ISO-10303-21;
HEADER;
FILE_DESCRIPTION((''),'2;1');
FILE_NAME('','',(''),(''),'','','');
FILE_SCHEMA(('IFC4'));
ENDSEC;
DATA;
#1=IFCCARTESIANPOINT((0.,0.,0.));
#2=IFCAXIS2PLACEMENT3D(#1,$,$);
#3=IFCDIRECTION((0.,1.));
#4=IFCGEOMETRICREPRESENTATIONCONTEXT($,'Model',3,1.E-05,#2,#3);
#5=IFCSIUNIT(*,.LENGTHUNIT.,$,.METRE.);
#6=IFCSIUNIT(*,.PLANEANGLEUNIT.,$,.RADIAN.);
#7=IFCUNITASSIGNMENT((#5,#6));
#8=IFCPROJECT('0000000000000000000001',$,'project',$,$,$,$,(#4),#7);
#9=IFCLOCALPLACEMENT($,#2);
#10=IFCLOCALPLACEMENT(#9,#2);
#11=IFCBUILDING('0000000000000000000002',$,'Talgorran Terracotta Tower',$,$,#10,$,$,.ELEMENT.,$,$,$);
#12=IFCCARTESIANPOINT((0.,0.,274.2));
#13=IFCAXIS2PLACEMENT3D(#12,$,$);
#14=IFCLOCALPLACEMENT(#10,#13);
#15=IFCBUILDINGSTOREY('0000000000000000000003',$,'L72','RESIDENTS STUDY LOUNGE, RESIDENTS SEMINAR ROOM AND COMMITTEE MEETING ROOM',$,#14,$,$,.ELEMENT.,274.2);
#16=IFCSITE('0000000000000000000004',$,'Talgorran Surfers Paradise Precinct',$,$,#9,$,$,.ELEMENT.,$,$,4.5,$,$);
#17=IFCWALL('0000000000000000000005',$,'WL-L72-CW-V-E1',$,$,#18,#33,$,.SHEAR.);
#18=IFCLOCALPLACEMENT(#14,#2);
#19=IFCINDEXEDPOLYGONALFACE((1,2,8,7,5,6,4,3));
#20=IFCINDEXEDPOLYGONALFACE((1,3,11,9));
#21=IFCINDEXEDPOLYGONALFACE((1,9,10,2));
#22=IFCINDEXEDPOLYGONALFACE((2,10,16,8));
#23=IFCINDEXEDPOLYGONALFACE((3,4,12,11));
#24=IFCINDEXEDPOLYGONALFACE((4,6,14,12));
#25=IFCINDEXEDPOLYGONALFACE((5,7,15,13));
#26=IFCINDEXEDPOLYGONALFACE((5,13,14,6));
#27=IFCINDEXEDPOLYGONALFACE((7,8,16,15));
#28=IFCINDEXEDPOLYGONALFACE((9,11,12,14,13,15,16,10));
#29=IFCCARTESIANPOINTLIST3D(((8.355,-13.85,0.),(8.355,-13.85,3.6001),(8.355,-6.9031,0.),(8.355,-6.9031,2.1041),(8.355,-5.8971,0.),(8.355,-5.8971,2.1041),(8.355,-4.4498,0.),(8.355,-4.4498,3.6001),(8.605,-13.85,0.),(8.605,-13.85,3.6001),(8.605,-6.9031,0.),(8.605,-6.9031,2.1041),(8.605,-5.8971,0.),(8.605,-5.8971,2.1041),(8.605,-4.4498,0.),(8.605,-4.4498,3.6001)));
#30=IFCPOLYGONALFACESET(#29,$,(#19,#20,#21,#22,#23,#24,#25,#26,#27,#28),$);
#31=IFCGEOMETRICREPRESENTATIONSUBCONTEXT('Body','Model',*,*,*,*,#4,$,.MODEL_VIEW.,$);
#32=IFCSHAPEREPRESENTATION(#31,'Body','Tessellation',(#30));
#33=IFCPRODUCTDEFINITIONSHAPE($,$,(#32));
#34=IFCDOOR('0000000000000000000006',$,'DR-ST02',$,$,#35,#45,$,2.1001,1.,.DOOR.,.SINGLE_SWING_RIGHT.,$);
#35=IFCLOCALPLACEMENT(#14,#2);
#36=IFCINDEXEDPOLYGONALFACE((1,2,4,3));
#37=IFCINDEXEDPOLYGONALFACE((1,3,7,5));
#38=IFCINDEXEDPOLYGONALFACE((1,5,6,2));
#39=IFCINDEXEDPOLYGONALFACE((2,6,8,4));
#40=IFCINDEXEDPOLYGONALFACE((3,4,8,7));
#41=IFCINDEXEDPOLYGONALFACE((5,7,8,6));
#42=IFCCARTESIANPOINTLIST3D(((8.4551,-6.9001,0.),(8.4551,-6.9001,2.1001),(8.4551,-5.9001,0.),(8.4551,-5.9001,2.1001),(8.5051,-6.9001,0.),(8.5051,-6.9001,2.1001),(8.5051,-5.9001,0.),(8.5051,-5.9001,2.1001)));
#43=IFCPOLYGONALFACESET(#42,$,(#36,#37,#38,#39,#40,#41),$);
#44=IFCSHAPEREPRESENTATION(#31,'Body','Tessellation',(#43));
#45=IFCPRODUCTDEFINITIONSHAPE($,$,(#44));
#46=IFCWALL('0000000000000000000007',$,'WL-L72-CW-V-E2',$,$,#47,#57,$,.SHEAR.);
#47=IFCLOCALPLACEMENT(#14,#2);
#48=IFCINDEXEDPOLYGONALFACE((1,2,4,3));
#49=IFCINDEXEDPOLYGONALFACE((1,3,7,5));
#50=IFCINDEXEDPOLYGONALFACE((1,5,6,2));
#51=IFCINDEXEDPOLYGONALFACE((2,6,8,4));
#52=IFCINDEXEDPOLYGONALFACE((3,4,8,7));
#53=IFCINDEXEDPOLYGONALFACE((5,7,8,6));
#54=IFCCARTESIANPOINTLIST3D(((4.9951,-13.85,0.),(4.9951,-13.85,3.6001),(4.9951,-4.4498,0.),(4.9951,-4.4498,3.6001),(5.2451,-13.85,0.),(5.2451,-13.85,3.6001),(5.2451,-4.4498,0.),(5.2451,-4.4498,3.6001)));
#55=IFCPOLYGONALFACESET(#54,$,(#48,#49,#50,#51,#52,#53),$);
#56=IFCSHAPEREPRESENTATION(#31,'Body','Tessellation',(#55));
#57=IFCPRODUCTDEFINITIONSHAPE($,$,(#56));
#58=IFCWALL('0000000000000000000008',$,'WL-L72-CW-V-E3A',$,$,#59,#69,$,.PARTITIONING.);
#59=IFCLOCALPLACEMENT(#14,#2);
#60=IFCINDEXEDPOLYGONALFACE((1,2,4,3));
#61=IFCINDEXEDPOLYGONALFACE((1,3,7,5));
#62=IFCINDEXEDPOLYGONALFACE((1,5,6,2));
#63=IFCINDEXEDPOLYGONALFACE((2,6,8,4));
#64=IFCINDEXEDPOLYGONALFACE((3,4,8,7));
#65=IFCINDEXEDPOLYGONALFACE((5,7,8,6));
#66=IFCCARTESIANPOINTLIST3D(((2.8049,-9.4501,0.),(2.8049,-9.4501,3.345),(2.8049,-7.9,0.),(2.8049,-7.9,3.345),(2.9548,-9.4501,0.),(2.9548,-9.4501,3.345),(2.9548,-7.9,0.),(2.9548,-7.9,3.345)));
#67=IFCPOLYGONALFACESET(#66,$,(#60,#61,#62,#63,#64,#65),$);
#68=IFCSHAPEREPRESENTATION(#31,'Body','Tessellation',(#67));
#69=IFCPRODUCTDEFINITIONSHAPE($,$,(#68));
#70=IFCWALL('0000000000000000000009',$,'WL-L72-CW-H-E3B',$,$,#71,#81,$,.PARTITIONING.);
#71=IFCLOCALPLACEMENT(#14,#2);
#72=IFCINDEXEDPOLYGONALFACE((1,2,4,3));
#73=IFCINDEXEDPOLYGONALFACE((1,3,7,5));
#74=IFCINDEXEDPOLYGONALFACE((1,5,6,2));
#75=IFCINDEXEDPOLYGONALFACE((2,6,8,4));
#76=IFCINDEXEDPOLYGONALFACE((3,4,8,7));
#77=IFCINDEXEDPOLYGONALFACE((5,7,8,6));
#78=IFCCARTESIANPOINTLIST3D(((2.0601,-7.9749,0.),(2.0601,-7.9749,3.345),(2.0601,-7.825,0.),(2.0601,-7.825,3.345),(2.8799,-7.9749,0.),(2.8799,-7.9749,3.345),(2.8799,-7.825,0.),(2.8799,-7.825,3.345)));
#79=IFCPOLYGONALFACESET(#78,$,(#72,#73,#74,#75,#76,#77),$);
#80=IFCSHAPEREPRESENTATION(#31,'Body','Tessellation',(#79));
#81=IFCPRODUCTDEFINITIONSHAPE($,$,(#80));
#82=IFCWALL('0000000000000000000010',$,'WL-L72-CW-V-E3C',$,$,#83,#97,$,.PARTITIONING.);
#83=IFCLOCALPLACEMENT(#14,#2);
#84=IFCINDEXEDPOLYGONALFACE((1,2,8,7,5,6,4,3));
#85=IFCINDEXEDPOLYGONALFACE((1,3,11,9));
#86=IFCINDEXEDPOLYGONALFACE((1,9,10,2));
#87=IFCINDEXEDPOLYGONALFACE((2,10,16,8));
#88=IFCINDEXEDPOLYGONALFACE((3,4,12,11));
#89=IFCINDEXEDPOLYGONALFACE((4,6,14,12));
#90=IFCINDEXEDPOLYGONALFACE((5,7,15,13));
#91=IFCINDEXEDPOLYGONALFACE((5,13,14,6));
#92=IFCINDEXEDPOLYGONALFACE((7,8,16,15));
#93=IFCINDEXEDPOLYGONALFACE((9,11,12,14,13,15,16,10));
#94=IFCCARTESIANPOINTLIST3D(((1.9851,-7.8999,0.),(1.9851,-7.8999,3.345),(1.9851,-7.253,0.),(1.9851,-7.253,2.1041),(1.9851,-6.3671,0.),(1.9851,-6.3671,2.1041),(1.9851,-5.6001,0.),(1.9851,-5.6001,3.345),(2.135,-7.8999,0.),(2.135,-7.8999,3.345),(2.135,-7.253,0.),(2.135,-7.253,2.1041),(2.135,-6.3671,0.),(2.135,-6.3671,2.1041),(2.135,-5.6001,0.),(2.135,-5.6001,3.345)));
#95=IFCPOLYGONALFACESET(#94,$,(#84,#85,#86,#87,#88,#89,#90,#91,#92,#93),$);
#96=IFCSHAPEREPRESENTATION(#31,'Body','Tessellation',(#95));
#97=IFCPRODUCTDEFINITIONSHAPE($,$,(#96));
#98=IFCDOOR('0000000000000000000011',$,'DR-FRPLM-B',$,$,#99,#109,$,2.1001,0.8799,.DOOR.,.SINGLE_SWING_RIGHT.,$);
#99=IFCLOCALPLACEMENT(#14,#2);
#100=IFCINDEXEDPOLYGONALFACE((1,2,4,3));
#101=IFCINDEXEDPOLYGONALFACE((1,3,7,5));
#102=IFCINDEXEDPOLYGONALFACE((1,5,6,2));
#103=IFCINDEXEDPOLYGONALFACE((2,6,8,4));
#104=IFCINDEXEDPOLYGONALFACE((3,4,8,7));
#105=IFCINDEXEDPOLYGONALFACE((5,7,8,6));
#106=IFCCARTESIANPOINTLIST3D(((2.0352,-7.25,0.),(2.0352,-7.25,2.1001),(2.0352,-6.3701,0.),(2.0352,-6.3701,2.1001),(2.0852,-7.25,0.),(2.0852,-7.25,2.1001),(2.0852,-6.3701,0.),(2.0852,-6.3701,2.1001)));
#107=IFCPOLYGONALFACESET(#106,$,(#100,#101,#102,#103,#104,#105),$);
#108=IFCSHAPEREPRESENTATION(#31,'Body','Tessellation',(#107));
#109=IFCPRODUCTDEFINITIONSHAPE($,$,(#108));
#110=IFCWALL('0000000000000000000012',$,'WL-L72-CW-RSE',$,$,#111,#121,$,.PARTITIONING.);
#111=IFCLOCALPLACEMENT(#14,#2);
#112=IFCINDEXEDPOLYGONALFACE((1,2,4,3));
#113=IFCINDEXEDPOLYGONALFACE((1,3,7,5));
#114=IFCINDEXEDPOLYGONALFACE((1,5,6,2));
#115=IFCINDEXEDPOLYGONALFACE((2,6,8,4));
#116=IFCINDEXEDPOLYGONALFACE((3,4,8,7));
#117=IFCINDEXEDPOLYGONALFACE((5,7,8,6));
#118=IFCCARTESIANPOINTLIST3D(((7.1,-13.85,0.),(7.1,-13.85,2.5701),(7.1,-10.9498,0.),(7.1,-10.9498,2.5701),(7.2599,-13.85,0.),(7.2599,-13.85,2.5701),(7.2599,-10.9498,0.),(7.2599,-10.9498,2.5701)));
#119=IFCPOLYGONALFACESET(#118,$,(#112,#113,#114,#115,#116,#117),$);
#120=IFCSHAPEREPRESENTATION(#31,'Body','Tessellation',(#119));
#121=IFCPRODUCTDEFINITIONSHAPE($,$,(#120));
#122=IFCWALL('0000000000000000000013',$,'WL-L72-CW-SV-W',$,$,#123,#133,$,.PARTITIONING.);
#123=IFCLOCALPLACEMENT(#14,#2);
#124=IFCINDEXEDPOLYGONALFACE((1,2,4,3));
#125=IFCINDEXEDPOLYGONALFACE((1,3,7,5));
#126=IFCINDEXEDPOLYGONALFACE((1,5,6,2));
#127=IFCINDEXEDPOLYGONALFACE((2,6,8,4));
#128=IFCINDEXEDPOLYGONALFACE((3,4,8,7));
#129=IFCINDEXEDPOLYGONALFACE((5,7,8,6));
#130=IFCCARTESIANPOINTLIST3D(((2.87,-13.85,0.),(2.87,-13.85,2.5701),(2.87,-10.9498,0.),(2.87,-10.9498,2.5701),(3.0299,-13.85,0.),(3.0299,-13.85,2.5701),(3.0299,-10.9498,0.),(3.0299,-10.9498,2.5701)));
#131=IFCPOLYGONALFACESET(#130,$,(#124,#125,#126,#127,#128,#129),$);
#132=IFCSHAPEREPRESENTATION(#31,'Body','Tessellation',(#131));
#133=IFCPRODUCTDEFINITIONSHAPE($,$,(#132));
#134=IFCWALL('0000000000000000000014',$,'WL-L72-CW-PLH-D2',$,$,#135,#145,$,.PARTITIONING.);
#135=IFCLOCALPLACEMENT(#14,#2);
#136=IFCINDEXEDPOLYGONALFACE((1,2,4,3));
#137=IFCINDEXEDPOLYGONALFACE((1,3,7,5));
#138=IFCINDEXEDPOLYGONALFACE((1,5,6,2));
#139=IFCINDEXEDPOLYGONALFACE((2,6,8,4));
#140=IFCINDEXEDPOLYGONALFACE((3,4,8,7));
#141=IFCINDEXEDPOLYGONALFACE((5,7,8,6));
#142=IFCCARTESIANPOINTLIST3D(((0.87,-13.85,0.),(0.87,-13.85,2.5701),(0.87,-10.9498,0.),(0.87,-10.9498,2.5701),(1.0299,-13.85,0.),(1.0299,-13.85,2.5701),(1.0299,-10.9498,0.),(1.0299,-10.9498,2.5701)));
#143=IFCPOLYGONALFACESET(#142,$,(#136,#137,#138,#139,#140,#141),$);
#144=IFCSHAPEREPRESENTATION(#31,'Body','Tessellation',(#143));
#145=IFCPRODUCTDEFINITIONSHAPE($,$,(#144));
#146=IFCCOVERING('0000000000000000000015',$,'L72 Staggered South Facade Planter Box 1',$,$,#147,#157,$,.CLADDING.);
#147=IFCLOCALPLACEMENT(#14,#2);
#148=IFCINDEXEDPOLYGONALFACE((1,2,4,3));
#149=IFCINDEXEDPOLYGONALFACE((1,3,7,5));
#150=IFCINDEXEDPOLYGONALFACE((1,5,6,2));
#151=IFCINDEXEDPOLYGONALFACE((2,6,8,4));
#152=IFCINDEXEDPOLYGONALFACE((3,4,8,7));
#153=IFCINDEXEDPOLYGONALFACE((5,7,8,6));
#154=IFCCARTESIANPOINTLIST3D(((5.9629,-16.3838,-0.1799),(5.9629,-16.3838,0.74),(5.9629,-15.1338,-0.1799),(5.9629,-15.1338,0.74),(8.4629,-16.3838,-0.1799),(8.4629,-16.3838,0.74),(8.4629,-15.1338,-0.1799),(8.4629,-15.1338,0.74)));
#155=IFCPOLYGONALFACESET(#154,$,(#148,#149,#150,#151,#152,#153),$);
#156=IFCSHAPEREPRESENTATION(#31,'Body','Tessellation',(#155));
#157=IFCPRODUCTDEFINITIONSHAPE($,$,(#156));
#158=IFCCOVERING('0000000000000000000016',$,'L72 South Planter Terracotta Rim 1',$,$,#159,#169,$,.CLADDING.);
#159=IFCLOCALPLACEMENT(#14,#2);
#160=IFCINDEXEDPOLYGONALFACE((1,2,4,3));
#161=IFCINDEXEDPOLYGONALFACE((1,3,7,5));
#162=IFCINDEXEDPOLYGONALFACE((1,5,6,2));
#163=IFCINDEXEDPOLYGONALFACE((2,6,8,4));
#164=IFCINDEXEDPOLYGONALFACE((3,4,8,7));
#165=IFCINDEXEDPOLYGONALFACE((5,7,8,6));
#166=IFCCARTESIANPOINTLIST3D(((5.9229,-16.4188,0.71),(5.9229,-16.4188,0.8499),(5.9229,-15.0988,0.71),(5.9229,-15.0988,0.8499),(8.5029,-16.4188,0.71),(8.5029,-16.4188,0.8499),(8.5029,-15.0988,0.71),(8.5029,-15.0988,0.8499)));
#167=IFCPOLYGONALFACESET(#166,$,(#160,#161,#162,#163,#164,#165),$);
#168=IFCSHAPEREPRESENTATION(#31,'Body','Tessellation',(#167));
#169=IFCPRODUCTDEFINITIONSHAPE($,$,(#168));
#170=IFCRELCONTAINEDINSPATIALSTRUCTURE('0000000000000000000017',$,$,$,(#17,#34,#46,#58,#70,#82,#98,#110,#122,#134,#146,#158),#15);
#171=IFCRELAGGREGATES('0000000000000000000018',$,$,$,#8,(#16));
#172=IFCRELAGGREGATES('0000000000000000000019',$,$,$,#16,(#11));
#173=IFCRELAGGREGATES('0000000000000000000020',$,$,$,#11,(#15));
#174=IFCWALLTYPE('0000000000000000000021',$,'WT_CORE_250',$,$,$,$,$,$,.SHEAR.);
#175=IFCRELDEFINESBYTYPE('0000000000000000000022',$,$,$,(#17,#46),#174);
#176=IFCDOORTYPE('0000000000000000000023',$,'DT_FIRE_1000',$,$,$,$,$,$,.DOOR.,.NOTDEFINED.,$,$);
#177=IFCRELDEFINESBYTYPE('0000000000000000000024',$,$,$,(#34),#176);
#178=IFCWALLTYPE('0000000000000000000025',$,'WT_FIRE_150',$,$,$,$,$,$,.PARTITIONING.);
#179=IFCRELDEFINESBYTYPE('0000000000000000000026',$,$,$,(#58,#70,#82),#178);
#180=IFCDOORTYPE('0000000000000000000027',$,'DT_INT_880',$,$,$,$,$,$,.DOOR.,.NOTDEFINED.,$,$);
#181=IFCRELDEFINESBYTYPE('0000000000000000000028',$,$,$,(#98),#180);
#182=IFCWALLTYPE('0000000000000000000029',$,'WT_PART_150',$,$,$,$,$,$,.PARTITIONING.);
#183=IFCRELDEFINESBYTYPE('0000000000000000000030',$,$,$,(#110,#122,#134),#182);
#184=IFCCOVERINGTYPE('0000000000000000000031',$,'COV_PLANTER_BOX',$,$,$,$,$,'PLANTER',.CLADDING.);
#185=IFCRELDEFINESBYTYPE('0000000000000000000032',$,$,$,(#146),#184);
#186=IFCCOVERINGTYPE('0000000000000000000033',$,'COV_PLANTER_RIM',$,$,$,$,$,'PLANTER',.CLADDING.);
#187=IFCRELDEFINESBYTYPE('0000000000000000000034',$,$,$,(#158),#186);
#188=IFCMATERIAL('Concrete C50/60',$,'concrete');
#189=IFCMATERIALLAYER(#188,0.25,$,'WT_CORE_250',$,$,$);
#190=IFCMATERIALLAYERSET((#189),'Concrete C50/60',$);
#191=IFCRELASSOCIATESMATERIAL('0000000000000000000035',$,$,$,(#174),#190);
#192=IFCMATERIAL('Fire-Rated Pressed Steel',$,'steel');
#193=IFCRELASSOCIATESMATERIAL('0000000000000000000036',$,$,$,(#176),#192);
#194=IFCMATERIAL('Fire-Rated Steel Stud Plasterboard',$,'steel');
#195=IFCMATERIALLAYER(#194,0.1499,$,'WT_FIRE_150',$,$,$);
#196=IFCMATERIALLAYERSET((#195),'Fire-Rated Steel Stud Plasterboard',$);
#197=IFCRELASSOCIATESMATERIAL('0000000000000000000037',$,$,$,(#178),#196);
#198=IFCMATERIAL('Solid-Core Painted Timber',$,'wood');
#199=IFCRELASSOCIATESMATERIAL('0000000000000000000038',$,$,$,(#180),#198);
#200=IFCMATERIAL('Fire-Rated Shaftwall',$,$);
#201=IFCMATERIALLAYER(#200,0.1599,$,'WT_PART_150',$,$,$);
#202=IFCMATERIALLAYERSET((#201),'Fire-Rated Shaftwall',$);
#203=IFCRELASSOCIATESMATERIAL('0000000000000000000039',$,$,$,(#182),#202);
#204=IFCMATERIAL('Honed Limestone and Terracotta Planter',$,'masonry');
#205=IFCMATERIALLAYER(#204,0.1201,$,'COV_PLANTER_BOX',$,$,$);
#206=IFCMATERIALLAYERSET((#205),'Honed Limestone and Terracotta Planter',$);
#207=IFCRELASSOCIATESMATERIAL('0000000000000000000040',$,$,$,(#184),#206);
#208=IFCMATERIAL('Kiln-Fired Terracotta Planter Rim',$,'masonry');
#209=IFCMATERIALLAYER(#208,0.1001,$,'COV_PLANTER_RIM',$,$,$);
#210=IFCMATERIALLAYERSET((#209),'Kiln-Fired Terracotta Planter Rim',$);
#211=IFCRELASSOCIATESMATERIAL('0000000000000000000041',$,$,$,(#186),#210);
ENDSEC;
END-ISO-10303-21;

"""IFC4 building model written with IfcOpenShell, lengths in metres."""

from ifc_helpers import new_model, si_unit, direction, frame, frame_2d, origin, origin_2d, place, context, subcontext, project, spatial, rectangle, extrude, material, layer, layer_set, type_object, element, fill, save


model = new_model("IFC4")

# Units and contexts
model_context = context("Model", 3, precision=1e-05, world=origin(), true_north=direction((0.0, 1.0)))
body_context = subcontext(model_context, "Body", "Model", "MODEL_VIEW")
ifc_project = project(units=[si_unit("LENGTHUNIT", "METRE"), si_unit("PLANEANGLEUNIT", "RADIAN")], contexts=[model_context])

# Site, building, storey
site_placement = place(None, origin())
site = spatial("IfcSite", under=ifc_project, at=site_placement, Name="Talgorran Surfers Paradise Precinct", CompositionType="ELEMENT", RefElevation=4.5)
building_placement = place(site_placement, origin())
building = spatial("IfcBuilding", under=site, at=building_placement, Name="Talgorran Terracotta Tower", CompositionType="ELEMENT")
storey_placement = place(building_placement, frame((0.0, 0.0, 274.2)))
storey = spatial("IfcBuildingStorey", under=building, at=storey_placement, Name="L72", Description="RESIDENTS STUDY LOUNGE, RESIDENTS SEMINAR ROOM AND COMMITTEE MEETING ROOM", CompositionType="ELEMENT", Elevation=274.2)

# Shared definitions
ifc_material_1 = material(Name="Concrete C50/60", Category="concrete")

# Shared definitions
ifc_material_2 = material(Name="Fire-Rated Pressed Steel", Category="steel")

# Wall, opening, door
ifc_layer_1 = layer(ifc_material_1, 0.25, Name="WT_CORE_250")
ifc_layer_set_1 = layer_set([ifc_layer_1], Name="Concrete C50/60")
wall_type_1 = type_object("IfcWallType", Name="WT_CORE_250", PredefinedType="SHEAR", material=ifc_layer_set_1)
wall_1_placement = place(storey_placement, frame((8.48, -13.8501, 0.0), z_axis=(0.0, 0.0, 1.0), x_axis=(0.0, 1.0, 0.0)))
wall_1 = element("IfcWall", 1, at=wall_1_placement, inside=storey, type_object=wall_type_1, Name="WL-L72-CW-V-E1", PredefinedType="SHEAR", context=body_context, shape_type="SweptSolid", body=[
    extrude(rectangle(XDim=9.4001, YDim=0.25, at=frame_2d((4.7002, 0.0))), origin(), (0.0, 0.0, 1.0), 3.6001),
])
opening_1_placement = place(wall_1_placement, frame((6.95, 0.0, 0.0)))
opening_1 = element("IfcOpeningElement", 2, at=opening_1_placement, cuts=wall_1, PredefinedType="OPENING", context=body_context, shape_type="SweptSolid", body=[
    extrude(rectangle(XDim=1.006, YDim=2.1041, at=frame_2d((0.5, 1.052))), frame((0.0, 0.135, 0.0), z_axis=(0.0, -1.0, 0.0), x_axis=(1.0, 0.0, 0.0)), (0.0, 0.0, 1.0), 0.27),
])
door_type_1 = type_object("IfcDoorType", Name="DT_FIRE_1000", OperationType="NOTDEFINED", PredefinedType="DOOR", material=ifc_material_2)
door_1_placement = place(opening_1_placement, origin())
door_1 = element("IfcDoor", 3, at=door_1_placement, inside=storey, type_object=door_type_1, Name="DR-ST02", OperationType="SINGLE_SWING_RIGHT", OverallHeight=2.1001, OverallWidth=1.0, PredefinedType="DOOR", context=body_context, shape_type="SweptSolid", body=[
    extrude(rectangle(XDim=1.0, YDim=2.1001, at=frame_2d((0.5, 1.05))), frame((0.0, 0.0249, 0.0), z_axis=(0.0, -1.0, 0.0), x_axis=(1.0, 0.0, 0.0)), (0.0, 0.0, 1.0), 0.05),
])
fill(opening_1, door_1)

# Walls
wall_2_placement = place(storey_placement, frame((5.1201, -13.8501, 0.0), z_axis=(0.0, 0.0, 1.0), x_axis=(0.0, 1.0, 0.0)))
element("IfcWall", 4, at=wall_2_placement, inside=storey, type_object=wall_type_1, Name="WL-L72-CW-V-E2", PredefinedType="SHEAR", context=body_context, shape_type="SweptSolid", body=[
    extrude(rectangle(XDim=9.4001, YDim=0.25, at=frame_2d((4.7002, 0.0))), origin(), (0.0, 0.0, 1.0), 3.6001),
])
ifc_material_3 = material(Name="Fire-Rated Steel Stud Plasterboard", Category="steel")
ifc_layer_2 = layer(ifc_material_3, 0.1499, Name="WT_FIRE_150")
ifc_layer_set_2 = layer_set([ifc_layer_2], Name="Fire-Rated Steel Stud Plasterboard")
wall_type_2 = type_object("IfcWallType", Name="WT_FIRE_150", PredefinedType="PARTITIONING", material=ifc_layer_set_2)
wall_3_placement = place(storey_placement, frame((2.8799, -9.45, 0.0), z_axis=(0.0, 0.0, 1.0), x_axis=(0.0, 1.0, 0.0)))
element("IfcWall", 5, at=wall_3_placement, inside=storey, type_object=wall_type_2, Name="WL-L72-CW-V-E3A", PredefinedType="PARTITIONING", context=body_context, shape_type="SweptSolid", body=[
    extrude(rectangle(XDim=1.55, YDim=0.1499, at=frame_2d((0.7749, 0.0))), origin(), (0.0, 0.0, 1.0), 3.345),
])
wall_4_placement = place(storey_placement, frame((2.0601, -7.8999, 0.0), z_axis=(0.0, 0.0, 1.0), x_axis=(1.0, 0.0, 0.0)))
element("IfcWall", 6, at=wall_4_placement, inside=storey, type_object=wall_type_2, Name="WL-L72-CW-H-E3B", PredefinedType="PARTITIONING", context=body_context, shape_type="SweptSolid", body=[
    extrude(rectangle(XDim=0.8198, YDim=0.1499, at=frame_2d((0.4099, 0.0))), origin(), (0.0, 0.0, 1.0), 3.345),
])

# Wall, opening, door
wall_5_placement = place(storey_placement, frame((2.0601, -7.8999, 0.0), z_axis=(0.0, 0.0, 1.0), x_axis=(0.0, 1.0, 0.0)))
wall_5 = element("IfcWall", 7, at=wall_5_placement, inside=storey, type_object=wall_type_2, Name="WL-L72-CW-V-E3C", PredefinedType="PARTITIONING", context=body_context, shape_type="SweptSolid", body=[
    extrude(rectangle(XDim=2.2998, YDim=0.1499, at=frame_2d((1.1499, 0.0))), origin(), (0.0, 0.0, 1.0), 3.345),
])
opening_2_placement = place(wall_5_placement, frame((0.6499, 0.0, 0.0)))
opening_2 = element("IfcOpeningElement", 8, at=opening_2_placement, cuts=wall_5, PredefinedType="OPENING", context=body_context, shape_type="SweptSolid", body=[
    extrude(rectangle(XDim=0.8859, YDim=2.1041, at=frame_2d((0.4399, 1.052))), frame((0.0, 0.085, 0.0), z_axis=(0.0, -1.0, 0.0), x_axis=(1.0, 0.0, 0.0)), (0.0, 0.0, 1.0), 0.1699),
])
ifc_material_4 = material(Name="Solid-Core Painted Timber", Category="wood")
door_type_2 = type_object("IfcDoorType", Name="DT_INT_880", OperationType="NOTDEFINED", PredefinedType="DOOR", material=ifc_material_4)
door_2_placement = place(opening_2_placement, origin())
door_2 = element("IfcDoor", 9, at=door_2_placement, inside=storey, type_object=door_type_2, Name="DR-FRPLM-B", OperationType="SINGLE_SWING_RIGHT", OverallHeight=2.1001, OverallWidth=0.8799, PredefinedType="DOOR", context=body_context, shape_type="SweptSolid", body=[
    extrude(rectangle(XDim=0.8799, YDim=2.1001, at=frame_2d((0.4399, 1.05))), frame((0.0, 0.0249, 0.0), z_axis=(0.0, -1.0, 0.0), x_axis=(1.0, 0.0, 0.0)), (0.0, 0.0, 1.0), 0.05),
])
fill(opening_2, door_2)

# Walls
ifc_material_5 = material(Name="Fire-Rated Shaftwall")
ifc_layer_3 = layer(ifc_material_5, 0.1599, Name="WT_PART_150")
ifc_layer_set_3 = layer_set([ifc_layer_3], Name="Fire-Rated Shaftwall")
wall_type_3 = type_object("IfcWallType", Name="WT_PART_150", PredefinedType="PARTITIONING", material=ifc_layer_set_3)
for number, where, z_axis, x_axis, name in (
    (10, (7.1799, -13.8501, 0.0), (0.0, 0.0, 1.0), (0.0, 1.0, 0.0), "WL-L72-CW-RSE"),
    (11, (2.95, -13.8501, 0.0), (0.0, 0.0, 1.0), (0.0, 1.0, 0.0), "WL-L72-CW-SV-W"),
    (12, (0.95, -13.8501, 0.0), (0.0, 0.0, 1.0), (0.0, 1.0, 0.0), "WL-L72-CW-PLH-D2"),
):
    element("IfcWall", number, at=place(storey_placement, frame(where, z_axis=z_axis, x_axis=x_axis)), inside=storey, type_object=wall_type_3, Name=name, PredefinedType="PARTITIONING", context=body_context, shape_type="SweptSolid", body=[
        extrude(rectangle(XDim=2.9001, YDim=0.1599, at=frame_2d((1.4502, 0.0))), origin(), (0.0, 0.0, 1.0), 2.5701),
    ])

# Coverings
ifc_material_6 = material(Name="Honed Limestone and Terracotta Planter", Category="masonry")
ifc_layer_4 = layer(ifc_material_6, 0.1201, Name="COV_PLANTER_BOX")
ifc_layer_set_4 = layer_set([ifc_layer_4], Name="Honed Limestone and Terracotta Planter")
covering_type_1 = type_object("IfcCoveringType", Name="COV_PLANTER_BOX", ElementType="PLANTER", PredefinedType="CLADDING", material=ifc_layer_set_4)
covering_1_placement = place(storey_placement, frame((7.2129, -15.7588, -0.1799), z_axis=(0.0, 0.0, 1.0), x_axis=(1.0, 0.0, 0.0)))
element("IfcCovering", 13, at=covering_1_placement, inside=storey, type_object=covering_type_1, Name="L72 Staggered South Facade Planter Box 1", PredefinedType="CLADDING", context=body_context, shape_type="SweptSolid", body=[
    extrude(rectangle(XDim=2.5, YDim=1.25, at=origin_2d()), origin(), (0.0, 0.0, 1.0), 0.9199),
])
ifc_material_7 = material(Name="Kiln-Fired Terracotta Planter Rim", Category="masonry")
ifc_layer_5 = layer(ifc_material_7, 0.1001, Name="COV_PLANTER_RIM")
ifc_layer_set_5 = layer_set([ifc_layer_5], Name="Kiln-Fired Terracotta Planter Rim")
covering_type_2 = type_object("IfcCoveringType", Name="COV_PLANTER_RIM", ElementType="PLANTER", PredefinedType="CLADDING", material=ifc_layer_set_5)
covering_2_placement = place(storey_placement, frame((7.2129, -15.7588, 0.71), z_axis=(0.0, 0.0, 1.0), x_axis=(1.0, 0.0, 0.0)))
element("IfcCovering", 14, at=covering_2_placement, inside=storey, type_object=covering_type_2, Name="L72 South Planter Terracotta Rim 1", PredefinedType="CLADDING", context=body_context, shape_type="SweptSolid", body=[
    extrude(rectangle(XDim=2.5801, YDim=1.3201, at=origin_2d()), origin(), (0.0, 0.0, 1.0), 0.1399),
])

save(model, "model.ifc")
